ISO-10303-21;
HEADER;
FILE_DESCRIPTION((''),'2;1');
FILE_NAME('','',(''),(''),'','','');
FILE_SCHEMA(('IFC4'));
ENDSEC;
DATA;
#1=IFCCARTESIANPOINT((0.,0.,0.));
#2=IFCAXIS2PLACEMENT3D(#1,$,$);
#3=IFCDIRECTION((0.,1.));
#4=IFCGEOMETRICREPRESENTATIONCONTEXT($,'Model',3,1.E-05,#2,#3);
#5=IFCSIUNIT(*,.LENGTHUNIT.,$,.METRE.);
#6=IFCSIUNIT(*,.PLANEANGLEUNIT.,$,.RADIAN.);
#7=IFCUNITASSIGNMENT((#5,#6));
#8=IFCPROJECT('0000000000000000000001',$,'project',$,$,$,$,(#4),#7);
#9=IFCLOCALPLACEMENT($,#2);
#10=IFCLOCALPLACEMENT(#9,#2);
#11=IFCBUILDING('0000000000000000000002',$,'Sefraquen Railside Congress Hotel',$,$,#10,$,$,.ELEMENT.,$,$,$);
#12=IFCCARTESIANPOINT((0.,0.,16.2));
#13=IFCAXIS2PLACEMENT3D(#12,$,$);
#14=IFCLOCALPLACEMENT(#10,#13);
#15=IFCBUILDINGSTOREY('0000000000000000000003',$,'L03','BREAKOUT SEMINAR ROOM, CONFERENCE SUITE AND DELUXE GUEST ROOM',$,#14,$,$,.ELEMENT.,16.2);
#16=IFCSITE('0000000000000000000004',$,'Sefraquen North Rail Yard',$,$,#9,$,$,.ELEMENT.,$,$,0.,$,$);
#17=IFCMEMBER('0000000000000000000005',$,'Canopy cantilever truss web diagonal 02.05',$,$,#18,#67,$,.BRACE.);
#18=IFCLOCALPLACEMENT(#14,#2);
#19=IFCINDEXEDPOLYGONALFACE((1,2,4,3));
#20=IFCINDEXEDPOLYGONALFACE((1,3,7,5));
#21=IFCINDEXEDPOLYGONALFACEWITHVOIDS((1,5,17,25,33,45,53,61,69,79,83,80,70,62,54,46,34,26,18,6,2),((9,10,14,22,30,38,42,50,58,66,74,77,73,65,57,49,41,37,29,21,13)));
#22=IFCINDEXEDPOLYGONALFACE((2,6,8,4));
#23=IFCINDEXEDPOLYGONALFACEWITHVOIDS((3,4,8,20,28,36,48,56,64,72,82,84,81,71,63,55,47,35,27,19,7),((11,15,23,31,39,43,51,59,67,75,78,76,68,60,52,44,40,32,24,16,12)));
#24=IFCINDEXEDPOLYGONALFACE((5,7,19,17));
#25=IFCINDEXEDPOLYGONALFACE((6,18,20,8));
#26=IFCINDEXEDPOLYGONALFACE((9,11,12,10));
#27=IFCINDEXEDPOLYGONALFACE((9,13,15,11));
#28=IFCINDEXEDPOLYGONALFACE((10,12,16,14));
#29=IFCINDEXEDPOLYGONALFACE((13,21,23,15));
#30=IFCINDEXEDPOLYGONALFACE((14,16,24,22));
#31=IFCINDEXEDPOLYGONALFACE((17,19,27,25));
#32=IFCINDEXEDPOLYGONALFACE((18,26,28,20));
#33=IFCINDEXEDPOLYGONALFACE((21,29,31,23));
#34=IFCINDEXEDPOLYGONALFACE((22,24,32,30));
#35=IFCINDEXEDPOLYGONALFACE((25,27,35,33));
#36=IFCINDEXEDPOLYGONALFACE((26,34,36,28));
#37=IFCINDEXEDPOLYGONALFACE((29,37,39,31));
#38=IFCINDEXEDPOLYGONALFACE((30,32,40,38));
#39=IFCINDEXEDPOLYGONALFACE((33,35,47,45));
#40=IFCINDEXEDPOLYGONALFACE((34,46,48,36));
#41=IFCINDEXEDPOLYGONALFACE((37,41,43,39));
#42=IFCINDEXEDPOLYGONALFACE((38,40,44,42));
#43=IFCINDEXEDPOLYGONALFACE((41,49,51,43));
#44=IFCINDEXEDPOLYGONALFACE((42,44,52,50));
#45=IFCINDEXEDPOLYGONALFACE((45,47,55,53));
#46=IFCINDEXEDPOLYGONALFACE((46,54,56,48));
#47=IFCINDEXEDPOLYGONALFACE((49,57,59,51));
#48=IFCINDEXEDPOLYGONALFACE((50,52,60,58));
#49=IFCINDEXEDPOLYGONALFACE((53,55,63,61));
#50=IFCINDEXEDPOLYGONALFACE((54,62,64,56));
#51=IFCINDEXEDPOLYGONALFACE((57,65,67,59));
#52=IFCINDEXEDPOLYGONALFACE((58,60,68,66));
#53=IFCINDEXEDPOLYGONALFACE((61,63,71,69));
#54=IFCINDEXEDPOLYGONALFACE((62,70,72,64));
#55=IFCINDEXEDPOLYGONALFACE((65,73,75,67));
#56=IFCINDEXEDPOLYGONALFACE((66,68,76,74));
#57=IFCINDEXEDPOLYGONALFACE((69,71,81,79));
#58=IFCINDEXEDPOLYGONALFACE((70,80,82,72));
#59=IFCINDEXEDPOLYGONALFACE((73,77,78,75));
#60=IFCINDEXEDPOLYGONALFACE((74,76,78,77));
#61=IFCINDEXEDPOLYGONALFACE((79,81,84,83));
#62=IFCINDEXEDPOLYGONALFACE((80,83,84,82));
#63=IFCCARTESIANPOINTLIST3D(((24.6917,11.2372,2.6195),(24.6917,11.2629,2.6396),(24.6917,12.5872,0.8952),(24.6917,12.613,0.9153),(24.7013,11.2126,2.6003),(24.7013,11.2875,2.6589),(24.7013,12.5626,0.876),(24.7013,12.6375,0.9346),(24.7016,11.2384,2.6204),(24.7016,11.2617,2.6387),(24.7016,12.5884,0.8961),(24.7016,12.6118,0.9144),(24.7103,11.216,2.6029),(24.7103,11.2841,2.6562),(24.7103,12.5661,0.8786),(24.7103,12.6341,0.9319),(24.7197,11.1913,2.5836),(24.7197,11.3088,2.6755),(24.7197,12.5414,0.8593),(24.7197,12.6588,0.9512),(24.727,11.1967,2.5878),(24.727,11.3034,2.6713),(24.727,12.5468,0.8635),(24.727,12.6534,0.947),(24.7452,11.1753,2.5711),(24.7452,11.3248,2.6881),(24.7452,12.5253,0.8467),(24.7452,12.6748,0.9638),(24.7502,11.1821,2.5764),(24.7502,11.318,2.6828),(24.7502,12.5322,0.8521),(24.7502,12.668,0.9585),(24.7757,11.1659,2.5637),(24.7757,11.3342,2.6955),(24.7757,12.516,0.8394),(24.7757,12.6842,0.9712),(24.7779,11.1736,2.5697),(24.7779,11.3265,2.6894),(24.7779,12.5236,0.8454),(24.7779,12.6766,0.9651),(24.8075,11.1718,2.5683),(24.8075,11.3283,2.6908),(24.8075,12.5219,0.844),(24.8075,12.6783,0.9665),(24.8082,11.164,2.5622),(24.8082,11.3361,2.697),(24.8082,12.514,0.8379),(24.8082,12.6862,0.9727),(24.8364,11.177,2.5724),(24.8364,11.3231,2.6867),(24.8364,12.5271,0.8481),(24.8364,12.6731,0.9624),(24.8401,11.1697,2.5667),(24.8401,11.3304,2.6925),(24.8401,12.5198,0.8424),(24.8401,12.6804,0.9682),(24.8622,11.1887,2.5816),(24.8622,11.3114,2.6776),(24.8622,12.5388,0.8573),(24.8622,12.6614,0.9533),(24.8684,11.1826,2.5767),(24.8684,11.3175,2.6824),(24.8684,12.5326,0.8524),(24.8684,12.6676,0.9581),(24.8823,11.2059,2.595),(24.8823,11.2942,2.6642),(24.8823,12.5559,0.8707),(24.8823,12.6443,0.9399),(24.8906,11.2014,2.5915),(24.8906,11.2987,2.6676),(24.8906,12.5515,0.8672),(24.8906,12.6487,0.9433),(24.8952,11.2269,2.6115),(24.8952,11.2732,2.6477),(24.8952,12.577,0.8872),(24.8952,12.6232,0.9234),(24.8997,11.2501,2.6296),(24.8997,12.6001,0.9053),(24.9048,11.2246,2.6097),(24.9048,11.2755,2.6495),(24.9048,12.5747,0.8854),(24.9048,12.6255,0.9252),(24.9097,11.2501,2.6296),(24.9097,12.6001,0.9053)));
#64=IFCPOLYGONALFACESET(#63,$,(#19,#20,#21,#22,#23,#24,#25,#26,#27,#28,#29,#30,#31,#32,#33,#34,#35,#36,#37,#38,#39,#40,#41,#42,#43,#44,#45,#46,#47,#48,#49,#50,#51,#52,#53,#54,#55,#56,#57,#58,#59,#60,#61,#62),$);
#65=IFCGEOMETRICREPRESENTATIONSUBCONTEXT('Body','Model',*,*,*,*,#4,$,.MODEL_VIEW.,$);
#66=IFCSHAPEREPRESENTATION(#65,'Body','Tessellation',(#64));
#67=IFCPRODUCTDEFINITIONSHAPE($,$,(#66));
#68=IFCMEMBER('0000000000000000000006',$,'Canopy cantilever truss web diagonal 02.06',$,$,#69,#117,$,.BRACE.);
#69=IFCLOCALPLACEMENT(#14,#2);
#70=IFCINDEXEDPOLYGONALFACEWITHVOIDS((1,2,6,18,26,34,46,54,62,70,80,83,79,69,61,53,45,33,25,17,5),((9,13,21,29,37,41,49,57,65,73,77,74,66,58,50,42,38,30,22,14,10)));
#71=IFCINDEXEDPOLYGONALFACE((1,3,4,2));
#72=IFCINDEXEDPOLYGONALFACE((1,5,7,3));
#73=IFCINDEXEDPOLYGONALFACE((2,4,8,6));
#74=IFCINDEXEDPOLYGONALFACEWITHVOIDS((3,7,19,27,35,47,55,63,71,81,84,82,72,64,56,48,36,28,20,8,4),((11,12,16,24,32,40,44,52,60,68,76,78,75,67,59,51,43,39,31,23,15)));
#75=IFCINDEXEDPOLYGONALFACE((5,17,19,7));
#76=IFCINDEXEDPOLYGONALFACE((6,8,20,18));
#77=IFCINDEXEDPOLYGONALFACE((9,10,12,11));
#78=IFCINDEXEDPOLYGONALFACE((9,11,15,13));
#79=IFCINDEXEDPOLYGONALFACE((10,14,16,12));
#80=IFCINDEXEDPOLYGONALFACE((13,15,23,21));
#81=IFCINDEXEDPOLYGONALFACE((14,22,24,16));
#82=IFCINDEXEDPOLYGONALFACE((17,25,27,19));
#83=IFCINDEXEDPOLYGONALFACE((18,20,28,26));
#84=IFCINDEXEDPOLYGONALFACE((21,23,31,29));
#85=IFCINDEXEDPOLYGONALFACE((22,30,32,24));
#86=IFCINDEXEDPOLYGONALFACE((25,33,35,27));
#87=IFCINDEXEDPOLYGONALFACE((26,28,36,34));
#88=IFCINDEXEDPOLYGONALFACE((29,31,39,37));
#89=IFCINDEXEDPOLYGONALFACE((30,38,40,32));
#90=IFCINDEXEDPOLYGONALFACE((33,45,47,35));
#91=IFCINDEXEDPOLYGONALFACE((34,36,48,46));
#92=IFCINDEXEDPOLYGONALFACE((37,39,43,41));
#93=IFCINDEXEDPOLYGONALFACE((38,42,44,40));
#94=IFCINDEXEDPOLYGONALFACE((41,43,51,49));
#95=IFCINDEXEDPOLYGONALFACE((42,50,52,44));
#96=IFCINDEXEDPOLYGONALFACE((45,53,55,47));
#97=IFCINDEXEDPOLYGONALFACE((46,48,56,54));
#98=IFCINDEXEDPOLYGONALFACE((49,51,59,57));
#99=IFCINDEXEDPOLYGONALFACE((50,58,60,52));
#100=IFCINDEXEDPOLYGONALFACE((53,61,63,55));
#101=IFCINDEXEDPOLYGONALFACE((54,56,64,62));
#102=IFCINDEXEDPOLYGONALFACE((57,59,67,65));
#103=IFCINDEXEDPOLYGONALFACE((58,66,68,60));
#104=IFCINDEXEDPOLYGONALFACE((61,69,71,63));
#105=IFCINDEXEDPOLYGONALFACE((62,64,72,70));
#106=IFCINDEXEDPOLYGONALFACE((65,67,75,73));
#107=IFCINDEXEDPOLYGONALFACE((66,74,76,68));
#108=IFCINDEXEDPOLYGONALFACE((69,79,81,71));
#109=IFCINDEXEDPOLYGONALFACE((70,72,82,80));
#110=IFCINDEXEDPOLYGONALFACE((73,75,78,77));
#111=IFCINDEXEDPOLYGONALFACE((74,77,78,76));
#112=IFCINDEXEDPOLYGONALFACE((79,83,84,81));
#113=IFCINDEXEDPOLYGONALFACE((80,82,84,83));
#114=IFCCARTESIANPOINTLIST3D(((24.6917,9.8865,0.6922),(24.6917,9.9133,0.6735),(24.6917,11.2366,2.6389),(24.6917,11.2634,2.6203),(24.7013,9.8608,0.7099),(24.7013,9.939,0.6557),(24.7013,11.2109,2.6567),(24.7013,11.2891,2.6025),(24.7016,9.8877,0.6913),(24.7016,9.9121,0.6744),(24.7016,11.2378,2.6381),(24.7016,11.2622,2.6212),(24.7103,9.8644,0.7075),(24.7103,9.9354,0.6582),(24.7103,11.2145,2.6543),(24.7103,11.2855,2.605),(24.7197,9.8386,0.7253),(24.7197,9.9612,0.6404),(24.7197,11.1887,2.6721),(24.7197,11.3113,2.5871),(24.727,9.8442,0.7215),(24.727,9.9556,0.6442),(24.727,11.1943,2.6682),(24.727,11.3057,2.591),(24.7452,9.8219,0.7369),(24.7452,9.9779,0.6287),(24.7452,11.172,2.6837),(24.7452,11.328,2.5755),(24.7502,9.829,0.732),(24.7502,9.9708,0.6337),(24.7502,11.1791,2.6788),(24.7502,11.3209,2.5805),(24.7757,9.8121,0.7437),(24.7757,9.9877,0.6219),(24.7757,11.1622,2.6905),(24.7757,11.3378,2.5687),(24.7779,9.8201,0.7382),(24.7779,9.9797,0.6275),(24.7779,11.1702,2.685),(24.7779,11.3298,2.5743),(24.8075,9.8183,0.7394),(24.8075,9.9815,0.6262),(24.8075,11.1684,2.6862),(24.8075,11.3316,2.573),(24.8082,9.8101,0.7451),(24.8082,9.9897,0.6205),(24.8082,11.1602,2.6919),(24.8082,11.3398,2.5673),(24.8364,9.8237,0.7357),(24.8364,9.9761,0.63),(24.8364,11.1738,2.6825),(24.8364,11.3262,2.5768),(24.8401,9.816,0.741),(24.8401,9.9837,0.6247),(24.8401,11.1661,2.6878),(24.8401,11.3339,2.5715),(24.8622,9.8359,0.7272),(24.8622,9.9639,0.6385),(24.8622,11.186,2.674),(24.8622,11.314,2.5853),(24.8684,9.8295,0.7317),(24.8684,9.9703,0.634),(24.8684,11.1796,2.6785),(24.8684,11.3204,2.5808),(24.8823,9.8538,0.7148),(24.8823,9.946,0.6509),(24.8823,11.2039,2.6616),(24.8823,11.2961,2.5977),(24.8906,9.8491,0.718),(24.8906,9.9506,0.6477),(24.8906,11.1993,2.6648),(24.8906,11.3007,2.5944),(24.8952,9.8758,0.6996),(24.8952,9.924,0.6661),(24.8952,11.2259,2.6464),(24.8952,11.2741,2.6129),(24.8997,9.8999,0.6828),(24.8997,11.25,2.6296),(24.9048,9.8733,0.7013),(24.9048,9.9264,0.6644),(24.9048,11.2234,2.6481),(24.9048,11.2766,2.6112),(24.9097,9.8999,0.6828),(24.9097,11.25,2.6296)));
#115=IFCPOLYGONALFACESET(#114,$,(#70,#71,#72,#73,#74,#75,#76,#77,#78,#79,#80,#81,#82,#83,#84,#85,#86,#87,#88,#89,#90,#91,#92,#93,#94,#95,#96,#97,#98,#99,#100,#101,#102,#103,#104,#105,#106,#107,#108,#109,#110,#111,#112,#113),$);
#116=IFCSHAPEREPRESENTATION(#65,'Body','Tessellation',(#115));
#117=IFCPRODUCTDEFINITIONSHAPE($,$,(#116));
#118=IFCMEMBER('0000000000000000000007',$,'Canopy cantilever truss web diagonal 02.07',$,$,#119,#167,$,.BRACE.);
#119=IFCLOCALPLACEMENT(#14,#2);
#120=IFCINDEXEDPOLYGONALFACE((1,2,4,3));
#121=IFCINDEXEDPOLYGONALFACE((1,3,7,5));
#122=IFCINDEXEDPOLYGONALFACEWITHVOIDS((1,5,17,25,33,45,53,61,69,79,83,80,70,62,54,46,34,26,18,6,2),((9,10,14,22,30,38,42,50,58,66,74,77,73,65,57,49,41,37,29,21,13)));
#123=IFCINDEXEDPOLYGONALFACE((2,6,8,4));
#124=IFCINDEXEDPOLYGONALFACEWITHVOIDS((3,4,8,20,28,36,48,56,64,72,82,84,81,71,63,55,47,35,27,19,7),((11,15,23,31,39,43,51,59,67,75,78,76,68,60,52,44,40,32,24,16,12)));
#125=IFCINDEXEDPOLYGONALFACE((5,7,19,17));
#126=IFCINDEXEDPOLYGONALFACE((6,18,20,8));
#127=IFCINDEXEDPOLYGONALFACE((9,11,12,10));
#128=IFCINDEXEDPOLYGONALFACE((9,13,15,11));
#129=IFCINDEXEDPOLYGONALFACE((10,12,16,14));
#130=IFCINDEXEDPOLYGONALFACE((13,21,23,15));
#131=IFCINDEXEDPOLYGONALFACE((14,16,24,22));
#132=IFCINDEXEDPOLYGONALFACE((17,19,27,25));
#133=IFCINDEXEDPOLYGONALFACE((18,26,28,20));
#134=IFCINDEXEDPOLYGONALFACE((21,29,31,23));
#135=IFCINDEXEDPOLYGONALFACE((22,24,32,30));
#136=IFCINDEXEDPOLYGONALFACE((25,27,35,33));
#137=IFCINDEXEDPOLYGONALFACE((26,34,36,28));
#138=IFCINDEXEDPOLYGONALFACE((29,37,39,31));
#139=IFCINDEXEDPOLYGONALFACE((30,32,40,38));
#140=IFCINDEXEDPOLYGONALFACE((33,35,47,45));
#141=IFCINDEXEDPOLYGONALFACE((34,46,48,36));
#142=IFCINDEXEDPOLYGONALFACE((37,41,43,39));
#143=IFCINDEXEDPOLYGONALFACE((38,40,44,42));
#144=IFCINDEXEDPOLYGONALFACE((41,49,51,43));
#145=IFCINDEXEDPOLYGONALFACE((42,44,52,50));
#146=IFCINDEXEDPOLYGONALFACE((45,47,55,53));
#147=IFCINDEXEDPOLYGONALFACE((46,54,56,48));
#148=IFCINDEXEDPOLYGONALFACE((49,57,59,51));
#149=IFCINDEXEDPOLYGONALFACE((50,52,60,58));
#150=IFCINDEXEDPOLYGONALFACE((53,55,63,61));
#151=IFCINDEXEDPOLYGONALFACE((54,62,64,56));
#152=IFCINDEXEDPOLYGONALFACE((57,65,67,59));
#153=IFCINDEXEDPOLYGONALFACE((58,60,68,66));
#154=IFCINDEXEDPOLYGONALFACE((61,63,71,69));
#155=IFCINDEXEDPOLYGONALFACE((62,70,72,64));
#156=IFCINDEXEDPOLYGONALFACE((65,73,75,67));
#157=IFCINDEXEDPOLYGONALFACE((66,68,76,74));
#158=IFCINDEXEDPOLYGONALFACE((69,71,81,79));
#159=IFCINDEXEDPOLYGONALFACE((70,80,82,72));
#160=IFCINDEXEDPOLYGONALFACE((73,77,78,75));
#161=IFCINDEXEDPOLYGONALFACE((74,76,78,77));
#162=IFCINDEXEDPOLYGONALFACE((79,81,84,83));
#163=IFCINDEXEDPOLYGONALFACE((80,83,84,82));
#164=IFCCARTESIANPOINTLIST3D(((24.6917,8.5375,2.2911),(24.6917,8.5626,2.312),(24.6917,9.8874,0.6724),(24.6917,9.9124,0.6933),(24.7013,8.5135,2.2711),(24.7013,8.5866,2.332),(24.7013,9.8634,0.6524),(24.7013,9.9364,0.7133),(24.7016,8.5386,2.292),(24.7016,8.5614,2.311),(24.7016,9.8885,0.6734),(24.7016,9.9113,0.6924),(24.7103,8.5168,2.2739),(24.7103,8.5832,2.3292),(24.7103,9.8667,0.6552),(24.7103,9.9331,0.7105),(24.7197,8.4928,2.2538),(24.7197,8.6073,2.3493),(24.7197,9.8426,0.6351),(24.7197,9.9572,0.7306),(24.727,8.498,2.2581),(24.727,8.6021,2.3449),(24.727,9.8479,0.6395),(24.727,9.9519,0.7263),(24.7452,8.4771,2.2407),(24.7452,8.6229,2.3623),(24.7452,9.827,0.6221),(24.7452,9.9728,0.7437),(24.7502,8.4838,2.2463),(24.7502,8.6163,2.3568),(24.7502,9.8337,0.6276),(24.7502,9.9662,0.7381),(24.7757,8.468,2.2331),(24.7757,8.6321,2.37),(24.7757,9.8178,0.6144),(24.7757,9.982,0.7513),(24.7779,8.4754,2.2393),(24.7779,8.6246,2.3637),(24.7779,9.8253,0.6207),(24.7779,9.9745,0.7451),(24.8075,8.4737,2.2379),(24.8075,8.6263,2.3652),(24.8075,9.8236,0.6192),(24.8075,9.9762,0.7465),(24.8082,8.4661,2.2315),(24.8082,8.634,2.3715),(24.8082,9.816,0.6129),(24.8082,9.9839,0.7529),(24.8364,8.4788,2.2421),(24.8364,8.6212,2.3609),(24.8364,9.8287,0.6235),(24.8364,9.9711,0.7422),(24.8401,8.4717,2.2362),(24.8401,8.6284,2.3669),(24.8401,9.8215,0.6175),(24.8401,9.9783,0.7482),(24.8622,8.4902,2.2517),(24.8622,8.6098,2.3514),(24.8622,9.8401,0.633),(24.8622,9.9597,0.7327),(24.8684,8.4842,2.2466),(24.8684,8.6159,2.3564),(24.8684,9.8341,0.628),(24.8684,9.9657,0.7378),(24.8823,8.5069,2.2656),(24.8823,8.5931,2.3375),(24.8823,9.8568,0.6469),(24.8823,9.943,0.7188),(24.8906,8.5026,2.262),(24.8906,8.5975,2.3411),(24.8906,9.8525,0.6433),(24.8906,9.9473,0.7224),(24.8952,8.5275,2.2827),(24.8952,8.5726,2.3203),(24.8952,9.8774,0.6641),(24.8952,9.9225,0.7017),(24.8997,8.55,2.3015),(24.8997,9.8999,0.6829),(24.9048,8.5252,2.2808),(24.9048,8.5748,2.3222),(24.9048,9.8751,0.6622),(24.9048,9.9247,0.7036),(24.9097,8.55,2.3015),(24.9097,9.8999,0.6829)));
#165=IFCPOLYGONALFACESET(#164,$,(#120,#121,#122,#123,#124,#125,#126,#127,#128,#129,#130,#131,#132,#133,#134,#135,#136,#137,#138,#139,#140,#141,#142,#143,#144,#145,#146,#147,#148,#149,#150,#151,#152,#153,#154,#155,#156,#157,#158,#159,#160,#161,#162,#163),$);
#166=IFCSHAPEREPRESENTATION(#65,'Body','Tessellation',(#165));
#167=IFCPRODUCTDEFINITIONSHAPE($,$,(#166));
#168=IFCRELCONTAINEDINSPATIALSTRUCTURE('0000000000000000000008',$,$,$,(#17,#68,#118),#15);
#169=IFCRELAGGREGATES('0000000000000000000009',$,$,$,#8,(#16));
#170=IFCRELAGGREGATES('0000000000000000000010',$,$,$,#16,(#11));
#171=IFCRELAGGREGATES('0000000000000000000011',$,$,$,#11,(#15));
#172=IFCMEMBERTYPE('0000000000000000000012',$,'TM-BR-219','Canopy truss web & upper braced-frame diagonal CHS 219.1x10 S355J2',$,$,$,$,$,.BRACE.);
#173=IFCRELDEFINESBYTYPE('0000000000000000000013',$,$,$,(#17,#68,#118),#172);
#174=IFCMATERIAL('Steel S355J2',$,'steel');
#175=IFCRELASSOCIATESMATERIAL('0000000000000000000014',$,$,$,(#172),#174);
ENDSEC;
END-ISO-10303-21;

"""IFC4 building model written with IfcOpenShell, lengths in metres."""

from ifc_helpers import new_model, si_unit, direction, frame, origin, origin_2d, place, context, subcontext, project, spatial, hollow_circle, extrude, material, material_profile, profile_set, type_object, element, save


model = new_model("IFC4")

# Units and contexts
model_context = context("Model", 3, precision=1e-05, world=origin(), true_north=direction((0.0, 1.0)))
body_context = subcontext(model_context, "Body", "Model", "MODEL_VIEW")
ifc_project = project(units=[si_unit("LENGTHUNIT", "METRE"), si_unit("PLANEANGLEUNIT", "RADIAN")], contexts=[model_context])

# Site, building, storey
site_placement = place(None, origin())
site = spatial("IfcSite", under=ifc_project, at=site_placement, Name="Sefraquen North Rail Yard", CompositionType="ELEMENT", RefElevation=0.0)
building_placement = place(site_placement, origin())
building = spatial("IfcBuilding", under=site, at=building_placement, Name="Sefraquen Railside Congress Hotel", CompositionType="ELEMENT")
storey_placement = place(building_placement, frame((0.0, 0.0, 16.2)))
storey = spatial("IfcBuildingStorey", under=building, at=storey_placement, Name="L03", Description="BREAKOUT SEMINAR ROOM, CONFERENCE SUITE AND DELUXE GUEST ROOM", CompositionType="ELEMENT", Elevation=16.2)

# Shared definitions
ifc_material_1 = material(Name="Steel S355J2", Category="steel")

# Members
ifc_material_profile_1 = material_profile(ifc_material_1, hollow_circle(Radius=0.1096, WallThickness=0.01, at=origin_2d()), Name="CHS 219.1x10")
ifc_profile_set_1 = profile_set([ifc_material_profile_1], Name="Steel S355J2")
member_type_1 = type_object("IfcMemberType", Name="TM-BR-219", Description="Canopy truss web & upper braced-frame diagonal CHS 219.1x10 S355J2", PredefinedType="BRACE", material=ifc_profile_set_1)
member_1_placement = place(storey_placement, frame((24.8, 12.6001, 0.9053), z_axis=(0.0, -0.616477, 0.787373), x_axis=(1.0, 0.0, 0.0)))
element("IfcMember", 1, at=member_1_placement, inside=storey, type_object=member_type_1, Name="Canopy cantilever truss web diagonal 02.05", PredefinedType="BRACE", context=body_context, shape_type="SweptSolid", body=[
    extrude(hollow_circle(Radius=0.1096, WallThickness=0.01, at=origin_2d()), origin(), (0.0, 0.0, 1.0), 2.1899),
])
member_2_placement = place(storey_placement, frame((24.8, 11.25, 2.6296), z_axis=(0.0, -0.569874, -0.821732), x_axis=(1.0, 0.0, 0.0)))
element("IfcMember", 2, at=member_2_placement, inside=storey, type_object=member_type_1, Name="Canopy cantilever truss web diagonal 02.06", PredefinedType="BRACE", context=body_context, shape_type="SweptSolid", body=[
    extrude(hollow_circle(Radius=0.1096, WallThickness=0.01, at=origin_2d()), origin(), (0.0, 0.0, 1.0), 2.3691),
])
member_3_placement = place(storey_placement, frame((24.8, 9.8999, 0.6829), z_axis=(0.0, -0.640458, 0.767993), x_axis=(1.0, 0.0, 0.0)))
element("IfcMember", 3, at=member_3_placement, inside=storey, type_object=member_type_1, Name="Canopy cantilever truss web diagonal 02.07", PredefinedType="BRACE", context=body_context, shape_type="SweptSolid", body=[
    extrude(hollow_circle(Radius=0.1096, WallThickness=0.01, at=origin_2d()), origin(), (0.0, 0.0, 1.0), 2.1077),
])

save(model, "model.ifc")
